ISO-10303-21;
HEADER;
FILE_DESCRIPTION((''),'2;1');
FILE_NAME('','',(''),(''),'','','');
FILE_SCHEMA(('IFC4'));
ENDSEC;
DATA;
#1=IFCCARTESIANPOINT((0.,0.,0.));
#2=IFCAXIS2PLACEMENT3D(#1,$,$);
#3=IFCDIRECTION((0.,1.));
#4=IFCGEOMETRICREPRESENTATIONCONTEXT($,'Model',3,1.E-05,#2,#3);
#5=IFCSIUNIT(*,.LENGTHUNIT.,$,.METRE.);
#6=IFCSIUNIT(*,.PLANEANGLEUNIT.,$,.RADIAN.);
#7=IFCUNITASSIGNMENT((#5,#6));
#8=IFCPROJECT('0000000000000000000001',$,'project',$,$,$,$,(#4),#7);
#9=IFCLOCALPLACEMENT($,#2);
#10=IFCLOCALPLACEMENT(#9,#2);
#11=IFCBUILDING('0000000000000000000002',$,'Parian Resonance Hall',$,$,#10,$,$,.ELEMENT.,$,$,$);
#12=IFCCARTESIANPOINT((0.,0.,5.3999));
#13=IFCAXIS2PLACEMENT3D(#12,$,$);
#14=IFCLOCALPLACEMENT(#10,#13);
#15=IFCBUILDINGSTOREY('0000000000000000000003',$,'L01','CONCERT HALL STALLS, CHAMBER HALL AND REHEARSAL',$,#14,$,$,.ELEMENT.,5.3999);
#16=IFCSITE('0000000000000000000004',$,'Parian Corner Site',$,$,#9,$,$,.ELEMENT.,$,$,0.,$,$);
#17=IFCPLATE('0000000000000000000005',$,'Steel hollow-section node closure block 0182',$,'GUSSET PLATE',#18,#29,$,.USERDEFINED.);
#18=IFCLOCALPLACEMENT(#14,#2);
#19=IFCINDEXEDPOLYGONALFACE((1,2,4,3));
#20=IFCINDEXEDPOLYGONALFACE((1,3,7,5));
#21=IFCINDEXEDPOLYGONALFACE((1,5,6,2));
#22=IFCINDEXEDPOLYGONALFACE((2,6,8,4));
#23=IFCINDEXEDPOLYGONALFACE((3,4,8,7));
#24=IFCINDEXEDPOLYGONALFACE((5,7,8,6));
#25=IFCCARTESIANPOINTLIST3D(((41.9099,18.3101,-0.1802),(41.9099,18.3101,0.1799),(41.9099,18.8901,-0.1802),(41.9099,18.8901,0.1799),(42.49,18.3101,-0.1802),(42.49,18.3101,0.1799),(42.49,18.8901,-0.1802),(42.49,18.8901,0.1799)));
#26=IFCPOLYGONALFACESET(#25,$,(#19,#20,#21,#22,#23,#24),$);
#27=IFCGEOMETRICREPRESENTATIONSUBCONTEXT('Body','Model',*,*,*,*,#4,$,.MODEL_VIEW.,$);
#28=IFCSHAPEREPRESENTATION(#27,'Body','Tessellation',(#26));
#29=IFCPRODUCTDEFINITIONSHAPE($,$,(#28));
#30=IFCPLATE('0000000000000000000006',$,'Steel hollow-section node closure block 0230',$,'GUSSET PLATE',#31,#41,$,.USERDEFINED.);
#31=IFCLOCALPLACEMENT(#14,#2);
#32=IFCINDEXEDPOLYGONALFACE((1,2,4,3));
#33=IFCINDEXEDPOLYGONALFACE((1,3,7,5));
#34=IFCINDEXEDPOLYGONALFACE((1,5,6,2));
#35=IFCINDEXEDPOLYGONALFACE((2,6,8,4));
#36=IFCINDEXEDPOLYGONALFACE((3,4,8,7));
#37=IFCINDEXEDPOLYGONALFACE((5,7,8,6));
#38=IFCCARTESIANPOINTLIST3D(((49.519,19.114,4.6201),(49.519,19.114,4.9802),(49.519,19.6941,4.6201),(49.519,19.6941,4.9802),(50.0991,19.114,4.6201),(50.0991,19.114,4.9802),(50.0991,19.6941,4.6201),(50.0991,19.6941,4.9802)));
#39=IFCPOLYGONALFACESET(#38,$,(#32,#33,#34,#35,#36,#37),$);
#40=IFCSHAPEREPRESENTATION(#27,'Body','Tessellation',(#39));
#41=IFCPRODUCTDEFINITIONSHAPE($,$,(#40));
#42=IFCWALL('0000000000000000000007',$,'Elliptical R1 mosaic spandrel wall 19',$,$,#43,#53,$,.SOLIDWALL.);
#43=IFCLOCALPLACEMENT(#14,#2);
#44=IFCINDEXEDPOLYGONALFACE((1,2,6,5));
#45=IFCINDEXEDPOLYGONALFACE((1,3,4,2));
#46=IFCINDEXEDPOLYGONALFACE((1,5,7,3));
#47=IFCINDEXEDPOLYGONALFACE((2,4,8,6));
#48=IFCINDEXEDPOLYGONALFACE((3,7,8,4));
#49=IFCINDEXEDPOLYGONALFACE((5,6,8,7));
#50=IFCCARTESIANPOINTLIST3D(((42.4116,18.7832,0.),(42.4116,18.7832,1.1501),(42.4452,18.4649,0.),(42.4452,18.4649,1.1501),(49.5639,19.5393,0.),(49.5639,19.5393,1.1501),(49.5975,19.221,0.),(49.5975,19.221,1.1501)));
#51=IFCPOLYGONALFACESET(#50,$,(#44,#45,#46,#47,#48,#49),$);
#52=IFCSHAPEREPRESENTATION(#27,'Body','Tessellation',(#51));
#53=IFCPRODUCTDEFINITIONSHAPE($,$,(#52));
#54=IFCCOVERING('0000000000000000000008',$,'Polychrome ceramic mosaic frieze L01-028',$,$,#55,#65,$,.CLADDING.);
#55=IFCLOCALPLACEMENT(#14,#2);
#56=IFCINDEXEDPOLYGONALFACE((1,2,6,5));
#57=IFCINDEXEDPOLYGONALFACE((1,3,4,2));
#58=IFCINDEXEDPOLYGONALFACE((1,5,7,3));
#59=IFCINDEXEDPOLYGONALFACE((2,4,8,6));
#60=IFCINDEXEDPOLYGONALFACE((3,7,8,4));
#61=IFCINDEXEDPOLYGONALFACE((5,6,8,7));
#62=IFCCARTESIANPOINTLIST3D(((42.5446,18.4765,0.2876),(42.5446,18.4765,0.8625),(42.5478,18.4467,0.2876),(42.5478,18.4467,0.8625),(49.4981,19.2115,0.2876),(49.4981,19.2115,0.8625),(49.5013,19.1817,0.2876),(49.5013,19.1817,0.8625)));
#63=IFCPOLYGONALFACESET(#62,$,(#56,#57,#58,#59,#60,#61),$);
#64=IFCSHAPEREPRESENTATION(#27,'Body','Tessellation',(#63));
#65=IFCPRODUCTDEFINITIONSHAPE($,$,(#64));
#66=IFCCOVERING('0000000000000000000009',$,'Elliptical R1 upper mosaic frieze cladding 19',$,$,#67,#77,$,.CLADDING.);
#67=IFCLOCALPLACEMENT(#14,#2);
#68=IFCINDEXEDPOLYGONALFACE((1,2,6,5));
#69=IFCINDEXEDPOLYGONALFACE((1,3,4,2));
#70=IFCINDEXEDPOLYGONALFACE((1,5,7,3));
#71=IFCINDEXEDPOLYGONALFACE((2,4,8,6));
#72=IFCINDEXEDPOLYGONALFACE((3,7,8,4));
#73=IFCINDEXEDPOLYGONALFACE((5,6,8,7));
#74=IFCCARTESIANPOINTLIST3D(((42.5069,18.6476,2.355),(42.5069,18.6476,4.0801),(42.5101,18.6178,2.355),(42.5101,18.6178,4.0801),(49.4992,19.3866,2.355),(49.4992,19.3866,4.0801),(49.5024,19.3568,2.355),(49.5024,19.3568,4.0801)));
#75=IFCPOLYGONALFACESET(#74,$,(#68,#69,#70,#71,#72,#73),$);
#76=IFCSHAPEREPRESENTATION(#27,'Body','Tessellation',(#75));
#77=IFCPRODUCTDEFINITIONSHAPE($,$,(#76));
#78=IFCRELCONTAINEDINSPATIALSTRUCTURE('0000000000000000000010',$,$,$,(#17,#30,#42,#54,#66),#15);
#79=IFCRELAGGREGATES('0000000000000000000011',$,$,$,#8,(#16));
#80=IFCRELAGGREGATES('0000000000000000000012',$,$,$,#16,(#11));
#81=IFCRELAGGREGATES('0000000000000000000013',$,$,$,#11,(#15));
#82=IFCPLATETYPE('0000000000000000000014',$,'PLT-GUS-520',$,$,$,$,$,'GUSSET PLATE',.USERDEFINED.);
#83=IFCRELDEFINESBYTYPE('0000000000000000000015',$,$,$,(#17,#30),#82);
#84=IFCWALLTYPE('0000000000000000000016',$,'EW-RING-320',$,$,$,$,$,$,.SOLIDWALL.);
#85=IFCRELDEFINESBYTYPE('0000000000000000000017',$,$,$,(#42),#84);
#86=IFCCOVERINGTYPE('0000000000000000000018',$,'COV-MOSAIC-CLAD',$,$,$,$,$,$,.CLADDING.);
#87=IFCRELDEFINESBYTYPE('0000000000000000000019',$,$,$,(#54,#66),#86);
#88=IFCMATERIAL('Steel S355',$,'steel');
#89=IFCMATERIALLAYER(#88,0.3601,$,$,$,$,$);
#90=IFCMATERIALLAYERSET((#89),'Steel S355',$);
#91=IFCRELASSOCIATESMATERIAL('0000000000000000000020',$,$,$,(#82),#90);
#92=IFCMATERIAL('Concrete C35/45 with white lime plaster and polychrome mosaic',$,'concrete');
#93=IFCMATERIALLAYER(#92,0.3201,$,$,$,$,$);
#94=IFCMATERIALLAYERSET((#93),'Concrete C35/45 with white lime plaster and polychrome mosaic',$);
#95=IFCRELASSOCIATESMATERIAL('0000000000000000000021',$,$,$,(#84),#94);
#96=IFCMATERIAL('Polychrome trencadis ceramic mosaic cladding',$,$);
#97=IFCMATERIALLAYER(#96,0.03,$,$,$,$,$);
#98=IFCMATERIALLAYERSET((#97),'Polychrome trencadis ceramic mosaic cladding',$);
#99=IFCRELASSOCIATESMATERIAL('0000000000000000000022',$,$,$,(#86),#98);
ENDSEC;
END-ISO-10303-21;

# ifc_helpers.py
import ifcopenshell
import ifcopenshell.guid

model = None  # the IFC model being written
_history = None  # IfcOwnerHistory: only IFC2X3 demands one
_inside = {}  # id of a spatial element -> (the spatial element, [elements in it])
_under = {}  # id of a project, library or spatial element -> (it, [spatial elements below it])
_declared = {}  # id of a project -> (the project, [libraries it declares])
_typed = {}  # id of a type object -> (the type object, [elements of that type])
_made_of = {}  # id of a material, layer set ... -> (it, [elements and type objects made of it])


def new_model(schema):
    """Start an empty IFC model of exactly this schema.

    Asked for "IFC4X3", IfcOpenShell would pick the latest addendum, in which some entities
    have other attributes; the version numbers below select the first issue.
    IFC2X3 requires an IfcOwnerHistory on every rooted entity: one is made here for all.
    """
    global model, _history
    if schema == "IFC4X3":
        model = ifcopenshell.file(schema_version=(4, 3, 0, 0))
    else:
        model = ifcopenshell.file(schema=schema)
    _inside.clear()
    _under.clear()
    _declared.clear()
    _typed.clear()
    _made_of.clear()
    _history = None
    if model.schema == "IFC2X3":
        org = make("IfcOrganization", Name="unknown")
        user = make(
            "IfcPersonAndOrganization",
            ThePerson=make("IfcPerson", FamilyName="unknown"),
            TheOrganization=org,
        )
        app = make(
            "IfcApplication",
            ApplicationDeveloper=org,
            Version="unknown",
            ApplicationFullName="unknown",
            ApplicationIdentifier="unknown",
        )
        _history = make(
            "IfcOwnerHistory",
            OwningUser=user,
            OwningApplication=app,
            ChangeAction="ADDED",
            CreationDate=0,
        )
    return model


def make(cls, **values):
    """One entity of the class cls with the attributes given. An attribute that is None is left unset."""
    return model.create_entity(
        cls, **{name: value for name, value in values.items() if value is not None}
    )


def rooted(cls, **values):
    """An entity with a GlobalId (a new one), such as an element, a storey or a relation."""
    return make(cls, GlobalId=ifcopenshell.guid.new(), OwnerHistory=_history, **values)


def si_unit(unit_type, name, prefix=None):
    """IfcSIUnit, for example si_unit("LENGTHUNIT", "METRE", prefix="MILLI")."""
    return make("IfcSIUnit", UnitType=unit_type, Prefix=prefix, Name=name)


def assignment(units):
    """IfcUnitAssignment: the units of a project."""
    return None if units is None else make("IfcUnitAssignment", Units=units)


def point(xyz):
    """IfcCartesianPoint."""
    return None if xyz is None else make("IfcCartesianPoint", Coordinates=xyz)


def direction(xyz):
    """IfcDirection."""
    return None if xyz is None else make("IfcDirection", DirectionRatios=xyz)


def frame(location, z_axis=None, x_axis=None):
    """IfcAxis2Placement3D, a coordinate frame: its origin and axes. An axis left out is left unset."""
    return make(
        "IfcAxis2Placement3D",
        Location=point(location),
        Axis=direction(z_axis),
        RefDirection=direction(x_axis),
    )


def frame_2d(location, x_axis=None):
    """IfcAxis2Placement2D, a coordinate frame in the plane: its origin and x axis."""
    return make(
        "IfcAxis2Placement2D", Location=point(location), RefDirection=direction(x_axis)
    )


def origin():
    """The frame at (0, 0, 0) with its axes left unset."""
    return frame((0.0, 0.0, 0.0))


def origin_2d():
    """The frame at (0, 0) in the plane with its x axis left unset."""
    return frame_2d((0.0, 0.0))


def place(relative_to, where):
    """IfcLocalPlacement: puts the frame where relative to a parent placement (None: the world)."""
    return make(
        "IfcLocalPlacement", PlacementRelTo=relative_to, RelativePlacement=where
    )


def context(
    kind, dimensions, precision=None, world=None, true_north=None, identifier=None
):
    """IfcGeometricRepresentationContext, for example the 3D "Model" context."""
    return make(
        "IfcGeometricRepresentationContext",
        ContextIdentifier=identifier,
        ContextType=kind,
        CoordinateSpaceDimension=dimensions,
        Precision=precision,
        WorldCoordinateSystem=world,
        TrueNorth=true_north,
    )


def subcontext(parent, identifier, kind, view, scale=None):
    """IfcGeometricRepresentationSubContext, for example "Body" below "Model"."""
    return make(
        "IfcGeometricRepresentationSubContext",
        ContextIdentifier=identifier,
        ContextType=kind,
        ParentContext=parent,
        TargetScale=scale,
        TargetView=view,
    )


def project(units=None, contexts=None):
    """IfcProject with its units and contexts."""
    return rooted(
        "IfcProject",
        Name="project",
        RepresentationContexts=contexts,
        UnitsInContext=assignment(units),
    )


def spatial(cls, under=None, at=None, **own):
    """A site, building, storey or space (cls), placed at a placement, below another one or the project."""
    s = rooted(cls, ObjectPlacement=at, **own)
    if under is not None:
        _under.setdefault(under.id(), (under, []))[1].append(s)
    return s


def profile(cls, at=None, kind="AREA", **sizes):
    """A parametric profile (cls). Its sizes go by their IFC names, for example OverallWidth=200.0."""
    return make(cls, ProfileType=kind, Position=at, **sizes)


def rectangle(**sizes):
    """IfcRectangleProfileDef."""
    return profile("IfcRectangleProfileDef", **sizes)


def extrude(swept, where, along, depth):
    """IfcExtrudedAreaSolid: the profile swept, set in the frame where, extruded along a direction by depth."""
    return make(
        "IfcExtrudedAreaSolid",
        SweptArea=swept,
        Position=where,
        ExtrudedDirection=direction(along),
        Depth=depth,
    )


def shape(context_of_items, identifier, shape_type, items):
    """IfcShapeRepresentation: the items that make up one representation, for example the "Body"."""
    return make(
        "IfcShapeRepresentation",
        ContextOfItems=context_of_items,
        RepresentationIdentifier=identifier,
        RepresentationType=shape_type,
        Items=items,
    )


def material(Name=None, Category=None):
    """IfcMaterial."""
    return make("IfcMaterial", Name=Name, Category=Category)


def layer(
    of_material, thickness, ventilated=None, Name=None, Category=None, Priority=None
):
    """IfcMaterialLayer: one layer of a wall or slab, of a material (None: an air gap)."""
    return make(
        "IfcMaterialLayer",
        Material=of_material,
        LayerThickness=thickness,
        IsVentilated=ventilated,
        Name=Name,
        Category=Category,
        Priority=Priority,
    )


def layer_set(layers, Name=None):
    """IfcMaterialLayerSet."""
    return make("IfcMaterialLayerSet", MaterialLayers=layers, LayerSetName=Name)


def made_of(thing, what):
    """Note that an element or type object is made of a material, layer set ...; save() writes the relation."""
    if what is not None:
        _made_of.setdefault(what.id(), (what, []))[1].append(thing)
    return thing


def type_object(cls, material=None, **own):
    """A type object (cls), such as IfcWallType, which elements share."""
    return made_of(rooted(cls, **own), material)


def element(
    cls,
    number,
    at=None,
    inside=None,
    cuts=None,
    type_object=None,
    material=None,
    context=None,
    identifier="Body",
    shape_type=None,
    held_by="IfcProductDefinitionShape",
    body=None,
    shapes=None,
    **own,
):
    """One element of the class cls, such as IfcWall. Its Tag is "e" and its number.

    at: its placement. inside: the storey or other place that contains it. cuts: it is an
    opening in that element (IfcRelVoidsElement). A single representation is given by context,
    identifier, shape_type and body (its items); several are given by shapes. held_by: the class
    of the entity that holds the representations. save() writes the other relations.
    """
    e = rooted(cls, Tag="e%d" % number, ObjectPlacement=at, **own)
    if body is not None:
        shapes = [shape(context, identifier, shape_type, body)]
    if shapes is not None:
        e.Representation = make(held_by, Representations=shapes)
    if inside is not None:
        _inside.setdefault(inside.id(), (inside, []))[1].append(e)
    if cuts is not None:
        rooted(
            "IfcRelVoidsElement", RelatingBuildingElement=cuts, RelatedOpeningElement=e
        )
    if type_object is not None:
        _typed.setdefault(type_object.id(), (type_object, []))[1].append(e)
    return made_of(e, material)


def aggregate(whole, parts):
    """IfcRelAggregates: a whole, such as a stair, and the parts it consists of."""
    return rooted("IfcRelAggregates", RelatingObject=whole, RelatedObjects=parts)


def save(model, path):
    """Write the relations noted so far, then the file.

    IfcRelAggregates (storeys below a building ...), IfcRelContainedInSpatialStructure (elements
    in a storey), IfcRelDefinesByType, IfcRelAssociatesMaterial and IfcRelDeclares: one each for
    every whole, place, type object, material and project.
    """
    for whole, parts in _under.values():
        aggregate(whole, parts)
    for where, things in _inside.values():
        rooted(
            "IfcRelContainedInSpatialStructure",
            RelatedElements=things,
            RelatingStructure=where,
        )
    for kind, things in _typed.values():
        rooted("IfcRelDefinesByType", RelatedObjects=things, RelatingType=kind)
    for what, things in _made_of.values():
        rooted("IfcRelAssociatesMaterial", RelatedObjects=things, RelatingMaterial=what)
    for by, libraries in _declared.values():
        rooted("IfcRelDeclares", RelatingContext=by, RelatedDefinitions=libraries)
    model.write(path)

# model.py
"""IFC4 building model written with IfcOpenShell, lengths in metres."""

from ifc_helpers import new_model, si_unit, direction, frame, frame_2d, origin, origin_2d, place, context, subcontext, project, spatial, rectangle, extrude, material, layer, layer_set, type_object, element, save


model = new_model("IFC4")

# Units and contexts
model_context = context("Model", 3, precision=1e-05, world=origin(), true_north=direction((0.0, 1.0)))
body_context = subcontext(model_context, "Body", "Model", "MODEL_VIEW")
ifc_project = project(units=[si_unit("LENGTHUNIT", "METRE"), si_unit("PLANEANGLEUNIT", "RADIAN")], contexts=[model_context])

# Site, building, storey
site_placement = place(None, origin())
site = spatial("IfcSite", under=ifc_project, at=site_placement, Name="Parian Corner Site", CompositionType="ELEMENT", RefElevation=0.0)
building_placement = place(site_placement, origin())
building = spatial("IfcBuilding", under=site, at=building_placement, Name="Parian Resonance Hall", CompositionType="ELEMENT")
storey_placement = place(building_placement, frame((0.0, 0.0, 5.3999)))
storey = spatial("IfcBuildingStorey", under=building, at=storey_placement, Name="L01", Description="CONCERT HALL STALLS, CHAMBER HALL AND REHEARSAL", CompositionType="ELEMENT", Elevation=5.3999)

# Plates
ifc_material_1 = material(Name="Steel S355", Category="steel")
ifc_layer_1 = layer(ifc_material_1, 0.3601)
ifc_layer_set_1 = layer_set([ifc_layer_1], Name="Steel S355")
plate_type_1 = type_object("IfcPlateType", Name="PLT-GUS-520", ElementType="GUSSET PLATE", PredefinedType="USERDEFINED", material=ifc_layer_set_1)
for number, where, z_axis, x_axis, name in (
    (1, (42.2, 18.6001, -0.1802), (0.0, 0.0, 1.0), (1.0, 0.0, 0.0), "Steel hollow-section node closure block 0182"),
    (2, (49.8091, 19.4041, 4.6201), (0.0, 0.0, 1.0), (1.0, 0.0, 0.0), "Steel hollow-section node closure block 0230"),
):
    element("IfcPlate", number, at=place(storey_placement, frame(where, z_axis=z_axis, x_axis=x_axis)), inside=storey, type_object=plate_type_1, Name=name, ObjectType="GUSSET PLATE", PredefinedType="USERDEFINED", context=body_context, shape_type="SweptSolid", body=[
        extrude(rectangle(XDim=0.5801, YDim=0.5801, at=origin_2d()), origin(), (0.0, 0.0, 1.0), 0.3601),
    ])

# Wall
ifc_material_2 = material(Name="Concrete C35/45 with white lime plaster and polychrome mosaic", Category="concrete")
ifc_layer_2 = layer(ifc_material_2, 0.3201)
ifc_layer_set_2 = layer_set([ifc_layer_2], Name="Concrete C35/45 with white lime plaster and polychrome mosaic")
wall_type = type_object("IfcWallType", Name="EW-RING-320", PredefinedType="SOLIDWALL", material=ifc_layer_set_2)
wall_placement = place(storey_placement, frame((49.5808, 19.3801, 0.0), z_axis=(0.0, 0.0, 1.0), x_axis=(-0.994459, -0.105128, 0.0)))
element("IfcWall", 3, at=wall_placement, inside=storey, type_object=wall_type, Name="Elliptical R1 mosaic spandrel wall 19", PredefinedType="SOLIDWALL", context=body_context, shape_type="SweptSolid", body=[
    extrude(rectangle(XDim=7.1921, YDim=0.3201, at=frame_2d((3.5962, 0.0))), origin(), (0.0, 0.0, 1.0), 1.1501),
])

# Coverings
ifc_material_3 = material(Name="Polychrome trencadis ceramic mosaic cladding")
ifc_layer_3 = layer(ifc_material_3, 0.03)
ifc_layer_set_3 = layer_set([ifc_layer_3], Name="Polychrome trencadis ceramic mosaic cladding")
covering_type = type_object("IfcCoveringType", Name="COV-MOSAIC-CLAD", PredefinedType="CLADDING", material=ifc_layer_set_3)
covering_1_placement = place(storey_placement, frame((46.0229, 18.8291, 0.2876), z_axis=(0.0, 0.0, 1.0), x_axis=(-0.99446, -0.105115, 0.0)))
element("IfcCovering", 4, at=covering_1_placement, inside=storey, type_object=covering_type, Name="Polychrome ceramic mosaic frieze L01-028", PredefinedType="CLADDING", context=body_context, shape_type="SweptSolid", body=[
    extrude(rectangle(XDim=6.9922, YDim=0.03, at=origin_2d()), origin(), (0.0, 0.0, 1.0), 0.575),
])
covering_2_placement = place(storey_placement, frame((46.0046, 19.0022, 2.355), z_axis=(0.0, 0.0, 1.0), x_axis=(-0.994461, -0.105103, 0.0)))
element("IfcCovering", 5, at=covering_2_placement, inside=storey, type_object=covering_type, Name="Elliptical R1 upper mosaic frieze cladding 19", PredefinedType="CLADDING", context=body_context, shape_type="SweptSolid", body=[
    extrude(rectangle(XDim=7.0312, YDim=0.03, at=origin_2d()), origin(), (0.0, 0.0, 1.0), 1.7251),
])

save(model, "model.ifc")
